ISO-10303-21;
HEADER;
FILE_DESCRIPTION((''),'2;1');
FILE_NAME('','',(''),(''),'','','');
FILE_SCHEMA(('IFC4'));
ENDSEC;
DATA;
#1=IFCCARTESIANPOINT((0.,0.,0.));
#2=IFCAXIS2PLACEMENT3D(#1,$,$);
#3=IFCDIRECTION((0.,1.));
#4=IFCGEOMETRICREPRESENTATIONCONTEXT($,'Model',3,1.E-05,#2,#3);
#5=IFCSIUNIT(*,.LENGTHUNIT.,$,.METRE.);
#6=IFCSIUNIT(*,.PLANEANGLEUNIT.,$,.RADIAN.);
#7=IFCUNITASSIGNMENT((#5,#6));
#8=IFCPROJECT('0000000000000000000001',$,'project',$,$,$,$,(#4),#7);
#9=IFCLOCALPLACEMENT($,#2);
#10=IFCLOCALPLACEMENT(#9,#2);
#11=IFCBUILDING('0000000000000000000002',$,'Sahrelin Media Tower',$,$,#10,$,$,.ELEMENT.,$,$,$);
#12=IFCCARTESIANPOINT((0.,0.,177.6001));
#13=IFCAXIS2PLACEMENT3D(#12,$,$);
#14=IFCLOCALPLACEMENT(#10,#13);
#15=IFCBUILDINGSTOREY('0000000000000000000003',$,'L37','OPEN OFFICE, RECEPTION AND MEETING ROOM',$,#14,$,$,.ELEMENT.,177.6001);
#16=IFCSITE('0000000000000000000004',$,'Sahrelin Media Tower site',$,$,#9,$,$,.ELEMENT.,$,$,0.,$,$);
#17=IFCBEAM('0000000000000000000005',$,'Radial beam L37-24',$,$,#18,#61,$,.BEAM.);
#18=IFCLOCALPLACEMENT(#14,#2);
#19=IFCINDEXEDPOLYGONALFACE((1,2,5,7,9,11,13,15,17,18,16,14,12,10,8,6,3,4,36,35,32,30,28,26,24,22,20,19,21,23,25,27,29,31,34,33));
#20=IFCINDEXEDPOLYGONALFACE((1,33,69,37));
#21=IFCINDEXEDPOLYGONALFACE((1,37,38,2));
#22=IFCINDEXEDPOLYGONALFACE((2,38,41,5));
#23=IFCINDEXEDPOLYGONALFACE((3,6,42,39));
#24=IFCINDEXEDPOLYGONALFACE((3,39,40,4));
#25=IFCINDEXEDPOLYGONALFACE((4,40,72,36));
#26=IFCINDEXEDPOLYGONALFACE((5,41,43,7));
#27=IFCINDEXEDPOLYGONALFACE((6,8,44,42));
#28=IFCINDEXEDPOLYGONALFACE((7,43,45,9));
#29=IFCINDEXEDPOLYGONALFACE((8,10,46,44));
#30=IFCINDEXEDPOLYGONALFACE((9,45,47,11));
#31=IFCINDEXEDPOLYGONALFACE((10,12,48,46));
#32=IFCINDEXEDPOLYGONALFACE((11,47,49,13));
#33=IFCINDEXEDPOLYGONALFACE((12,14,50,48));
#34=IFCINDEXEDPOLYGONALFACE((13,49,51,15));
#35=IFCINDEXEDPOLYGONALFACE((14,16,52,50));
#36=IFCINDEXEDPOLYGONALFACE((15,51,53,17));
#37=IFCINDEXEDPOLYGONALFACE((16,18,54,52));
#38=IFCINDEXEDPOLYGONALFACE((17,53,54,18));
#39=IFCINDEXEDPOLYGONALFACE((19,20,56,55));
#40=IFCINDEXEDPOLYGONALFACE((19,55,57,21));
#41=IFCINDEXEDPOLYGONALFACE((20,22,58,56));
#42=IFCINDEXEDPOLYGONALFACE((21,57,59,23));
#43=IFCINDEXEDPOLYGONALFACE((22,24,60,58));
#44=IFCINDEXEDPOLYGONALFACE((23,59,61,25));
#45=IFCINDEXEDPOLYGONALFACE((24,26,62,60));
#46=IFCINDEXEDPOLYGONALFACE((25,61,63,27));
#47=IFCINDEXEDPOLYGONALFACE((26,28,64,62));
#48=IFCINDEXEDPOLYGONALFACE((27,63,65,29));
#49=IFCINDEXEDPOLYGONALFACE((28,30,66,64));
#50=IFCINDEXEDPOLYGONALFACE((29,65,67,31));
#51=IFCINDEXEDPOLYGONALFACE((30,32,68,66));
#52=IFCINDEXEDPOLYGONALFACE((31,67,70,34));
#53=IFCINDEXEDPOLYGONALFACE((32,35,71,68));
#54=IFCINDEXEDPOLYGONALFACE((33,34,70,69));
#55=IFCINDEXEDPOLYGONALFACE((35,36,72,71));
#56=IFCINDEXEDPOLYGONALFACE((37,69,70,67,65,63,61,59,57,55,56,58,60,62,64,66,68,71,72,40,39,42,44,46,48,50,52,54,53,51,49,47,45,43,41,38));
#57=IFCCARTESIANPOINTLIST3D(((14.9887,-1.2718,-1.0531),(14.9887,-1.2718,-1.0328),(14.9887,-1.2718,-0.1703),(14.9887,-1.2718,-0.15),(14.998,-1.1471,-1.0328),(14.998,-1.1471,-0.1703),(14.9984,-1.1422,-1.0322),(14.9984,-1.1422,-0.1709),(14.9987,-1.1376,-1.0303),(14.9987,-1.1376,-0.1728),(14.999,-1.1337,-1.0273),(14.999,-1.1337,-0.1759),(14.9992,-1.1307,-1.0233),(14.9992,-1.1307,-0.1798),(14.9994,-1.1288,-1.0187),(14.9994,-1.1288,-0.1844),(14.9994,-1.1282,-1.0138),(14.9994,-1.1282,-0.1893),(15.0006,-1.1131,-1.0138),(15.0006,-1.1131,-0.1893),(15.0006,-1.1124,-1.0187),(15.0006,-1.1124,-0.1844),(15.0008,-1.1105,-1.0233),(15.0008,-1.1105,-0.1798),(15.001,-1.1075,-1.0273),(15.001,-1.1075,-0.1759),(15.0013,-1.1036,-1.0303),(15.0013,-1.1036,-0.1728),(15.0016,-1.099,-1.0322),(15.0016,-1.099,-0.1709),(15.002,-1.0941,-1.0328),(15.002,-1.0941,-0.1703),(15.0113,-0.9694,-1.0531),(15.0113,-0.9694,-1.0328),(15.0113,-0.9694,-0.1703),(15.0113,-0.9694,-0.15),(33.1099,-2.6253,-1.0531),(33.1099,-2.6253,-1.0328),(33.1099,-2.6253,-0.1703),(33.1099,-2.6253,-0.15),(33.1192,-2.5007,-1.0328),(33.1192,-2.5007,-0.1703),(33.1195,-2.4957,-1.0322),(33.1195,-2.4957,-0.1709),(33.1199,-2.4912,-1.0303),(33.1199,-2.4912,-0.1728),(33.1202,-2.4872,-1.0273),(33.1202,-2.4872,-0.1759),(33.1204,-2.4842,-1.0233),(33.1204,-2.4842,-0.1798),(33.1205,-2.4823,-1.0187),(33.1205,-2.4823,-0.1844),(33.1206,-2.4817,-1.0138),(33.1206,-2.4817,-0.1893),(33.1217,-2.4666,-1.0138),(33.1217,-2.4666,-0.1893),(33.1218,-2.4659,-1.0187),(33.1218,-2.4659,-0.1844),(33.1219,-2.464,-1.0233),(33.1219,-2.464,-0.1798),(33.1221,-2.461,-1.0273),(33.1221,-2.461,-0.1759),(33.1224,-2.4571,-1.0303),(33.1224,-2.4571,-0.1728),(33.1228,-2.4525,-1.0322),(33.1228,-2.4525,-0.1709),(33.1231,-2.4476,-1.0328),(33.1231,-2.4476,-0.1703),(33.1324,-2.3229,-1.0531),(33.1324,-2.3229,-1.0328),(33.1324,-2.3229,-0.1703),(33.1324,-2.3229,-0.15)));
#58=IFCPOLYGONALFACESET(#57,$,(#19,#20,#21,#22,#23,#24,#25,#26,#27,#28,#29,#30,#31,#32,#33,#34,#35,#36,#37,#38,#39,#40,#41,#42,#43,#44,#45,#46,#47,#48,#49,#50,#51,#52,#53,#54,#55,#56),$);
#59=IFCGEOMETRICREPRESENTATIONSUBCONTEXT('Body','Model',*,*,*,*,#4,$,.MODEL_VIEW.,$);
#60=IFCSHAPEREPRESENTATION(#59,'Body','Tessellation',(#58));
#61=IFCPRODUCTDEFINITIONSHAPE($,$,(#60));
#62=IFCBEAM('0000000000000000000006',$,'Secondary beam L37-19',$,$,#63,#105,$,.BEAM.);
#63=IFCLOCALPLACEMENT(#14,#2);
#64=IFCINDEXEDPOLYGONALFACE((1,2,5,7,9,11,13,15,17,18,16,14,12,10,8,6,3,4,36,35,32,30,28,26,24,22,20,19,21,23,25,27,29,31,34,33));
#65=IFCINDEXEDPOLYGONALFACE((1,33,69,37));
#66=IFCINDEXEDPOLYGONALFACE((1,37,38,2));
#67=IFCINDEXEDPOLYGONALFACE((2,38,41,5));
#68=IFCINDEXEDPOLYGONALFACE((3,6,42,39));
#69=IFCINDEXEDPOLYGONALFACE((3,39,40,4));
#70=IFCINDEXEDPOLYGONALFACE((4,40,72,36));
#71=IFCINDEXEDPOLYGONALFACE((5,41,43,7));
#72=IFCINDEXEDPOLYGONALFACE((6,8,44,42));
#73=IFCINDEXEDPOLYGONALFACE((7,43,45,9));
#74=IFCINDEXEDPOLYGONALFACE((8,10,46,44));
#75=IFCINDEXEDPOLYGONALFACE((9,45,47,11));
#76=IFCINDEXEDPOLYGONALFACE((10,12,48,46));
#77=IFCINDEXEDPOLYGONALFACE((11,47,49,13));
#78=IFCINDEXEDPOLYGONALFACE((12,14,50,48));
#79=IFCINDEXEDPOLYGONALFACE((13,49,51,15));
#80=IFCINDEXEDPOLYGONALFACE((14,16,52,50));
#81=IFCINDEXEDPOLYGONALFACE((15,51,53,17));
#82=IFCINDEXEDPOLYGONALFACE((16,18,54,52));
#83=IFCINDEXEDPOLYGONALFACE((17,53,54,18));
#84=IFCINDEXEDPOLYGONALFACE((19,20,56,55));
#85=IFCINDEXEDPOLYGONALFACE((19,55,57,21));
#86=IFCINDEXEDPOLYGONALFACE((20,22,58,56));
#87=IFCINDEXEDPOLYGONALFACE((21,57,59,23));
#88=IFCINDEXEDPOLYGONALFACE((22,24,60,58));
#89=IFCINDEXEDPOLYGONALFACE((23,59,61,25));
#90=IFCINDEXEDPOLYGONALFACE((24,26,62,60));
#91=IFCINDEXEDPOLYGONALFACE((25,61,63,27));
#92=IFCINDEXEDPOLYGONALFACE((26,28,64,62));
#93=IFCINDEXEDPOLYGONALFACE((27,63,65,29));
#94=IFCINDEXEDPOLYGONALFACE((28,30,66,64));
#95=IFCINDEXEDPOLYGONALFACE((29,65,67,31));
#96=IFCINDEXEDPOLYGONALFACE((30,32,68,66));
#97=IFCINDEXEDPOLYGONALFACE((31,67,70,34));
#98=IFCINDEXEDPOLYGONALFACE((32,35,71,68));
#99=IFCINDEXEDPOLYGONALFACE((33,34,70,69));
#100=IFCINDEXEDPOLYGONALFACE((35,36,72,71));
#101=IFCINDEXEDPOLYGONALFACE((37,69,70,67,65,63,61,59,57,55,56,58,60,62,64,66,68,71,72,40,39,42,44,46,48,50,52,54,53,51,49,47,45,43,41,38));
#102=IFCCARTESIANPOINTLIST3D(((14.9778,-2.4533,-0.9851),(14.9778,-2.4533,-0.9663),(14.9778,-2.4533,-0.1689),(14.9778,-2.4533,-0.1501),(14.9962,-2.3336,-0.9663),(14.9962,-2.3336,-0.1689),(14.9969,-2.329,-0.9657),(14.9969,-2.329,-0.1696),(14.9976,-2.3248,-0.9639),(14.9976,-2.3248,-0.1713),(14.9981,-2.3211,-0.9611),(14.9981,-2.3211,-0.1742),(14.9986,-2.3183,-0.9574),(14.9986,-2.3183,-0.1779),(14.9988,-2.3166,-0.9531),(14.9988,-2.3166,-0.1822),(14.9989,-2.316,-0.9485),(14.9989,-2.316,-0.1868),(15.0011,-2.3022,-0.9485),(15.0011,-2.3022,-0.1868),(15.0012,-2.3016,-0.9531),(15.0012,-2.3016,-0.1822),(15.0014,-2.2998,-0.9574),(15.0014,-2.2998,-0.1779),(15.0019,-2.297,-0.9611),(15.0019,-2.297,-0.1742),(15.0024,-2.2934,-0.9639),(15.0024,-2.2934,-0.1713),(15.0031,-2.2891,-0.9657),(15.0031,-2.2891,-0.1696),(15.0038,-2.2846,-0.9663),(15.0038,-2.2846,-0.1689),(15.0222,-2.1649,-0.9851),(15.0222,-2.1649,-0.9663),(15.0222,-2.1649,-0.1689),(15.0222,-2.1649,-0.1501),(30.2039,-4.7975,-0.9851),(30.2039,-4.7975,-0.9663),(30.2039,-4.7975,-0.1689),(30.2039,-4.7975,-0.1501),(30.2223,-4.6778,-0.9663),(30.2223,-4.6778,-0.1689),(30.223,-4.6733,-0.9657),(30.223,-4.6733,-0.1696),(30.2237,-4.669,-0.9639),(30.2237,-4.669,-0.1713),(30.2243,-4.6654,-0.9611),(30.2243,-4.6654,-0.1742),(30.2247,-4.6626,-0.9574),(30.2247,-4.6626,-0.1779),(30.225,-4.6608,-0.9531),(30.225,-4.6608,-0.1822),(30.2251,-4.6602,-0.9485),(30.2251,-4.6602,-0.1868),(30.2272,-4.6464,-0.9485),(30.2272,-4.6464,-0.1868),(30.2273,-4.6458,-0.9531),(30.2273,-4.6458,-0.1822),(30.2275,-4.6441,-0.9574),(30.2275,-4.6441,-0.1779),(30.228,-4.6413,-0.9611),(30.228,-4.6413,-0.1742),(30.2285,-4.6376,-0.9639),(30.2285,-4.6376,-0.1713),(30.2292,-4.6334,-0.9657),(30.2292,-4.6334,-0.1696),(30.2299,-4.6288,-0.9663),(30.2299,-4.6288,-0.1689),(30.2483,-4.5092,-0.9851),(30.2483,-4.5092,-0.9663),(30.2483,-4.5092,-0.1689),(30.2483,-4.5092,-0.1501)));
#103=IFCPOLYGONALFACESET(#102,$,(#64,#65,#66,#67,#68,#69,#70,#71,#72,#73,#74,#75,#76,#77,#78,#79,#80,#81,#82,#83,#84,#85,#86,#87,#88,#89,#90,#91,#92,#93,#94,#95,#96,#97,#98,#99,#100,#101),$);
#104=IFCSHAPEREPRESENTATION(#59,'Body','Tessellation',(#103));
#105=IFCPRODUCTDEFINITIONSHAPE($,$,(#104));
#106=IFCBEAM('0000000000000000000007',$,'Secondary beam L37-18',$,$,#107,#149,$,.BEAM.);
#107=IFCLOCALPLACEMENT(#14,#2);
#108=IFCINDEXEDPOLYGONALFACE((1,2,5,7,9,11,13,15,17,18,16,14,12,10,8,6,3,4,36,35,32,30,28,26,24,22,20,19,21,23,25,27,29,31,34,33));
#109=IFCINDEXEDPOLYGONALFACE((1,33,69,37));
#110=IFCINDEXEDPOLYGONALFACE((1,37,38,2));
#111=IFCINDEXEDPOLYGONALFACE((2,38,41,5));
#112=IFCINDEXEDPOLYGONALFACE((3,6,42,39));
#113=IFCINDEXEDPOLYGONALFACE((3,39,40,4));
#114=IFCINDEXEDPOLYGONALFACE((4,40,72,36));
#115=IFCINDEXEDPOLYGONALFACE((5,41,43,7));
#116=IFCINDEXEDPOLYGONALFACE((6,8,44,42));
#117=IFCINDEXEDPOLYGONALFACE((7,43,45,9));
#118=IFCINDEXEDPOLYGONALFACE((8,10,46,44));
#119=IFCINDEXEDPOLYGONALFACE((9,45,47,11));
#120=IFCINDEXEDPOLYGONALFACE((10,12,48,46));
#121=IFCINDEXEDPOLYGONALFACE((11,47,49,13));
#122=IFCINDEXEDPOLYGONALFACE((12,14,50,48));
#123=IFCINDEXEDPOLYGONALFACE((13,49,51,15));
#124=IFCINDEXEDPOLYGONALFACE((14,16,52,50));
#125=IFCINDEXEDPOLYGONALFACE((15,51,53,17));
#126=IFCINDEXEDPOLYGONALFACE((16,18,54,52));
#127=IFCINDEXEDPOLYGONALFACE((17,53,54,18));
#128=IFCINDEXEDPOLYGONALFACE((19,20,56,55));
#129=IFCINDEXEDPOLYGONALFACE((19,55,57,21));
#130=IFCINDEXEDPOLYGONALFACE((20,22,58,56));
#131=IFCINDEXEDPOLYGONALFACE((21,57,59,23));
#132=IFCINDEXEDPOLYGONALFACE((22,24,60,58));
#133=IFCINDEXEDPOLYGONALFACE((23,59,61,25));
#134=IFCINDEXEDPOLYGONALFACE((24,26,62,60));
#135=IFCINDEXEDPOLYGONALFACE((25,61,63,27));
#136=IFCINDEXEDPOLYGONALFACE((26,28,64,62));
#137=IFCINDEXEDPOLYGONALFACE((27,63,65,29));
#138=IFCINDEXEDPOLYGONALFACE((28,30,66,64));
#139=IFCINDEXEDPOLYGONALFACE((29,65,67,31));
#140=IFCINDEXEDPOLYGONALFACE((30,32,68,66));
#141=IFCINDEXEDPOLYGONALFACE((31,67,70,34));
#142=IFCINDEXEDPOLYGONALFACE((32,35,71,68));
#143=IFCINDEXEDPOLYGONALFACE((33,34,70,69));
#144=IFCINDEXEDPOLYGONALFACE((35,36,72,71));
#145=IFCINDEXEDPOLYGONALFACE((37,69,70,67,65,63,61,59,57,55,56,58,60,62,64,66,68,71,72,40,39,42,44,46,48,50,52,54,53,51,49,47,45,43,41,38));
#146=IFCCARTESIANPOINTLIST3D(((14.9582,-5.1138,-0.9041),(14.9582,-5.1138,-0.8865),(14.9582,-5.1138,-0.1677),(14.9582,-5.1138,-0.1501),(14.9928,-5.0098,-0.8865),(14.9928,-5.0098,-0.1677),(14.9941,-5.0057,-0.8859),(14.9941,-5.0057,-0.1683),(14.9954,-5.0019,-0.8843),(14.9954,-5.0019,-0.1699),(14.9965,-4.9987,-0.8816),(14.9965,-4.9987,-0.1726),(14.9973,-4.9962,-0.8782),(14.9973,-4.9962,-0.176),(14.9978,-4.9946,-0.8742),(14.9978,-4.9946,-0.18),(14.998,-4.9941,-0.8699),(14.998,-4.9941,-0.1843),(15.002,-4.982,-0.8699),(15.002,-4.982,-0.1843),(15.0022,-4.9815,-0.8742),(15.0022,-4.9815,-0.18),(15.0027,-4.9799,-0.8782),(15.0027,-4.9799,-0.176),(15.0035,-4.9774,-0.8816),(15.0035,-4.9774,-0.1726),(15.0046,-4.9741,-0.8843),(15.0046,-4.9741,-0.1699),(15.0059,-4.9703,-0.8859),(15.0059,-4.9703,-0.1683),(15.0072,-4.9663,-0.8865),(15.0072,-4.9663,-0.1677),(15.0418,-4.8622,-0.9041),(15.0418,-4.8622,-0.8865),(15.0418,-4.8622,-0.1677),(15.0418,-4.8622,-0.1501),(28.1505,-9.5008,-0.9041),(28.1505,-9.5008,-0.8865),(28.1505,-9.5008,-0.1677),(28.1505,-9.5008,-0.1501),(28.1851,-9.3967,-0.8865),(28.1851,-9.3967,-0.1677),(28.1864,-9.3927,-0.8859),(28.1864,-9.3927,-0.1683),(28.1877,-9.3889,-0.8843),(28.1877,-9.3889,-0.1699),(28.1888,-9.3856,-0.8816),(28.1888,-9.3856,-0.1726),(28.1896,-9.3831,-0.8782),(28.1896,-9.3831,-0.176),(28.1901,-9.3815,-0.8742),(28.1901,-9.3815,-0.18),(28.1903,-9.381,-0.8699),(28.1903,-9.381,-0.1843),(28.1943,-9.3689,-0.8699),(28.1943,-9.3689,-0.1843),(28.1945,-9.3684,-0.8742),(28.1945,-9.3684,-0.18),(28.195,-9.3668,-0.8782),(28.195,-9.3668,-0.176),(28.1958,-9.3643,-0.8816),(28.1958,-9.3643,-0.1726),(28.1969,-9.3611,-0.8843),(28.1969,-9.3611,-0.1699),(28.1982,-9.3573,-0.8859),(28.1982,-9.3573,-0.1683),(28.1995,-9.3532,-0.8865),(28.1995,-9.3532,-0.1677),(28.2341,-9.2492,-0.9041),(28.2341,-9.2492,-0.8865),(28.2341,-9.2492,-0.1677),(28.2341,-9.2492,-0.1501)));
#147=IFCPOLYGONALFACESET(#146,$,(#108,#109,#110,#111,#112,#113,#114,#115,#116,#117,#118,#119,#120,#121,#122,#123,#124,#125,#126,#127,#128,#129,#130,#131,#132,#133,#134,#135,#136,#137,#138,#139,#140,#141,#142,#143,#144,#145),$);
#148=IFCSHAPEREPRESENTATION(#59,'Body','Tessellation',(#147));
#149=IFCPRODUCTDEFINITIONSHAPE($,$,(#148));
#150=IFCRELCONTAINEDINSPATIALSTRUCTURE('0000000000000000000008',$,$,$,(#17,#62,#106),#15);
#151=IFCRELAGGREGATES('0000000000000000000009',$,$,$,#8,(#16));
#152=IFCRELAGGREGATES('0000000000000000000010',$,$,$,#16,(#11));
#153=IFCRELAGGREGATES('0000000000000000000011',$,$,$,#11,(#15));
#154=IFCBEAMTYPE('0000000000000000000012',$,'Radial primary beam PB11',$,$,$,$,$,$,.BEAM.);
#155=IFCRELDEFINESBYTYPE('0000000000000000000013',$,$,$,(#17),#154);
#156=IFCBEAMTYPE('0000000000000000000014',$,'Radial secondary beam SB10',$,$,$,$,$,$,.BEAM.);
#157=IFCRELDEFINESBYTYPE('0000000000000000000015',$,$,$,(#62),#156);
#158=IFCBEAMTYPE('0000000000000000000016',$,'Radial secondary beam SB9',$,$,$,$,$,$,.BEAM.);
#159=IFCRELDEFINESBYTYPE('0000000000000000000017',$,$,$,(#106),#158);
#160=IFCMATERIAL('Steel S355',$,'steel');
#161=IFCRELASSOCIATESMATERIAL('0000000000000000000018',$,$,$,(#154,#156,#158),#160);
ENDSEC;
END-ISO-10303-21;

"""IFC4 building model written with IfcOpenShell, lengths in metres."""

from ifc_helpers import new_model, si_unit, direction, frame, origin, origin_2d, place, context, subcontext, project, spatial, i_section, extrude, material, material_profile, profile_set, type_object, element, save


model = new_model("IFC4")

# Units and contexts
model_context = context("Model", 3, precision=1e-05, world=origin(), true_north=direction((0.0, 1.0)))
body_context = subcontext(model_context, "Body", "Model", "MODEL_VIEW")
ifc_project = project(units=[si_unit("LENGTHUNIT", "METRE"), si_unit("PLANEANGLEUNIT", "RADIAN")], contexts=[model_context])

# Site, building, storey
site_placement = place(None, origin())
site = spatial("IfcSite", under=ifc_project, at=site_placement, Name="Sahrelin Media Tower site", CompositionType="ELEMENT", RefElevation=0.0)
building_placement = place(site_placement, origin())
building = spatial("IfcBuilding", under=site, at=building_placement, Name="Sahrelin Media Tower", CompositionType="ELEMENT")
storey_placement = place(building_placement, frame((0.0, 0.0, 177.6001)))
storey = spatial("IfcBuildingStorey", under=building, at=storey_placement, Name="L37", Description="OPEN OFFICE, RECEPTION AND MEETING ROOM", CompositionType="ELEMENT", Elevation=177.6001)

# Shared definitions
ifc_material_1 = material(Name="Steel S355", Category="steel")

# Beams
ifc_material_profile_1 = material_profile(ifc_material_1, i_section(OverallWidth=0.3032, OverallDepth=0.9031, WebThickness=0.0151, FlangeThickness=0.0203, FilletRadius=0.019, at=origin_2d()), Name="UB 914x305x201")
ifc_profile_set_1 = profile_set([ifc_material_profile_1], Name="Steel S355")
beam_type_1 = type_object("IfcBeamType", Name="Radial primary beam PB11", PredefinedType="BEAM", material=ifc_profile_set_1)
beam_1_placement = place(storey_placement, frame((15.0, -1.1206, -0.6016), z_axis=(0.997222, -0.074485, 0.0), x_axis=(0.074485, 0.997222, 0.0)))
element("IfcBeam", 1, at=beam_1_placement, inside=storey, type_object=beam_type_1, Name="Radial beam L37-24", PredefinedType="BEAM", context=body_context, shape_type="SweptSolid", body=[
    extrude(i_section(OverallWidth=0.3032, OverallDepth=0.9031, WebThickness=0.0151, FlangeThickness=0.0203, FilletRadius=0.019, at=origin_2d()), origin(), (0.0, 0.0, 1.0), 18.1716),
])
ifc_material_profile_2 = material_profile(ifc_material_1, i_section(OverallWidth=0.2917, OverallDepth=0.835, WebThickness=0.0139, FlangeThickness=0.0188, FilletRadius=0.0178, at=origin_2d()), Name="UB 838x292x176")
ifc_profile_set_2 = profile_set([ifc_material_profile_2], Name="Steel S355")
beam_type_2 = type_object("IfcBeamType", Name="Radial secondary beam SB10", PredefinedType="BEAM", material=ifc_profile_set_2)
beam_2_placement = place(storey_placement, frame((15.0, -2.3091, -0.5676), z_axis=(0.988354, -0.152169, 0.0), x_axis=(0.152169, 0.988354, 0.0)))
element("IfcBeam", 2, at=beam_2_placement, inside=storey, type_object=beam_type_2, Name="Secondary beam L37-19", PredefinedType="BEAM", context=body_context, shape_type="SweptSolid", body=[
    extrude(i_section(OverallWidth=0.2917, OverallDepth=0.835, WebThickness=0.0139, FlangeThickness=0.0188, FilletRadius=0.0178, at=origin_2d()), origin(), (0.0, 0.0, 1.0), 15.4055),
])
ifc_material_profile_3 = material_profile(ifc_material_1, i_section(OverallWidth=0.2651, OverallDepth=0.7539, WebThickness=0.0127, FlangeThickness=0.0176, FilletRadius=0.0166, at=origin_2d()), Name="UB 762x267x147")
ifc_profile_set_3 = profile_set([ifc_material_profile_3], Name="Steel S355")
beam_type_3 = type_object("IfcBeamType", Name="Radial secondary beam SB9", PredefinedType="BEAM", material=ifc_profile_set_3)
beam_3_placement = place(storey_placement, frame((15.0, -4.988, -0.5271), z_axis=(0.94891, -0.315548, 0.0), x_axis=(0.315548, 0.94891, 0.0)))
element("IfcBeam", 3, at=beam_3_placement, inside=storey, type_object=beam_type_3, Name="Secondary beam L37-18", PredefinedType="BEAM", context=body_context, shape_type="SweptSolid", body=[
    extrude(i_section(OverallWidth=0.2651, OverallDepth=0.7539, WebThickness=0.0127, FlangeThickness=0.0176, FilletRadius=0.0166, at=origin_2d()), origin(), (0.0, 0.0, 1.0), 13.9026),
])

save(model, "model.ifc")
